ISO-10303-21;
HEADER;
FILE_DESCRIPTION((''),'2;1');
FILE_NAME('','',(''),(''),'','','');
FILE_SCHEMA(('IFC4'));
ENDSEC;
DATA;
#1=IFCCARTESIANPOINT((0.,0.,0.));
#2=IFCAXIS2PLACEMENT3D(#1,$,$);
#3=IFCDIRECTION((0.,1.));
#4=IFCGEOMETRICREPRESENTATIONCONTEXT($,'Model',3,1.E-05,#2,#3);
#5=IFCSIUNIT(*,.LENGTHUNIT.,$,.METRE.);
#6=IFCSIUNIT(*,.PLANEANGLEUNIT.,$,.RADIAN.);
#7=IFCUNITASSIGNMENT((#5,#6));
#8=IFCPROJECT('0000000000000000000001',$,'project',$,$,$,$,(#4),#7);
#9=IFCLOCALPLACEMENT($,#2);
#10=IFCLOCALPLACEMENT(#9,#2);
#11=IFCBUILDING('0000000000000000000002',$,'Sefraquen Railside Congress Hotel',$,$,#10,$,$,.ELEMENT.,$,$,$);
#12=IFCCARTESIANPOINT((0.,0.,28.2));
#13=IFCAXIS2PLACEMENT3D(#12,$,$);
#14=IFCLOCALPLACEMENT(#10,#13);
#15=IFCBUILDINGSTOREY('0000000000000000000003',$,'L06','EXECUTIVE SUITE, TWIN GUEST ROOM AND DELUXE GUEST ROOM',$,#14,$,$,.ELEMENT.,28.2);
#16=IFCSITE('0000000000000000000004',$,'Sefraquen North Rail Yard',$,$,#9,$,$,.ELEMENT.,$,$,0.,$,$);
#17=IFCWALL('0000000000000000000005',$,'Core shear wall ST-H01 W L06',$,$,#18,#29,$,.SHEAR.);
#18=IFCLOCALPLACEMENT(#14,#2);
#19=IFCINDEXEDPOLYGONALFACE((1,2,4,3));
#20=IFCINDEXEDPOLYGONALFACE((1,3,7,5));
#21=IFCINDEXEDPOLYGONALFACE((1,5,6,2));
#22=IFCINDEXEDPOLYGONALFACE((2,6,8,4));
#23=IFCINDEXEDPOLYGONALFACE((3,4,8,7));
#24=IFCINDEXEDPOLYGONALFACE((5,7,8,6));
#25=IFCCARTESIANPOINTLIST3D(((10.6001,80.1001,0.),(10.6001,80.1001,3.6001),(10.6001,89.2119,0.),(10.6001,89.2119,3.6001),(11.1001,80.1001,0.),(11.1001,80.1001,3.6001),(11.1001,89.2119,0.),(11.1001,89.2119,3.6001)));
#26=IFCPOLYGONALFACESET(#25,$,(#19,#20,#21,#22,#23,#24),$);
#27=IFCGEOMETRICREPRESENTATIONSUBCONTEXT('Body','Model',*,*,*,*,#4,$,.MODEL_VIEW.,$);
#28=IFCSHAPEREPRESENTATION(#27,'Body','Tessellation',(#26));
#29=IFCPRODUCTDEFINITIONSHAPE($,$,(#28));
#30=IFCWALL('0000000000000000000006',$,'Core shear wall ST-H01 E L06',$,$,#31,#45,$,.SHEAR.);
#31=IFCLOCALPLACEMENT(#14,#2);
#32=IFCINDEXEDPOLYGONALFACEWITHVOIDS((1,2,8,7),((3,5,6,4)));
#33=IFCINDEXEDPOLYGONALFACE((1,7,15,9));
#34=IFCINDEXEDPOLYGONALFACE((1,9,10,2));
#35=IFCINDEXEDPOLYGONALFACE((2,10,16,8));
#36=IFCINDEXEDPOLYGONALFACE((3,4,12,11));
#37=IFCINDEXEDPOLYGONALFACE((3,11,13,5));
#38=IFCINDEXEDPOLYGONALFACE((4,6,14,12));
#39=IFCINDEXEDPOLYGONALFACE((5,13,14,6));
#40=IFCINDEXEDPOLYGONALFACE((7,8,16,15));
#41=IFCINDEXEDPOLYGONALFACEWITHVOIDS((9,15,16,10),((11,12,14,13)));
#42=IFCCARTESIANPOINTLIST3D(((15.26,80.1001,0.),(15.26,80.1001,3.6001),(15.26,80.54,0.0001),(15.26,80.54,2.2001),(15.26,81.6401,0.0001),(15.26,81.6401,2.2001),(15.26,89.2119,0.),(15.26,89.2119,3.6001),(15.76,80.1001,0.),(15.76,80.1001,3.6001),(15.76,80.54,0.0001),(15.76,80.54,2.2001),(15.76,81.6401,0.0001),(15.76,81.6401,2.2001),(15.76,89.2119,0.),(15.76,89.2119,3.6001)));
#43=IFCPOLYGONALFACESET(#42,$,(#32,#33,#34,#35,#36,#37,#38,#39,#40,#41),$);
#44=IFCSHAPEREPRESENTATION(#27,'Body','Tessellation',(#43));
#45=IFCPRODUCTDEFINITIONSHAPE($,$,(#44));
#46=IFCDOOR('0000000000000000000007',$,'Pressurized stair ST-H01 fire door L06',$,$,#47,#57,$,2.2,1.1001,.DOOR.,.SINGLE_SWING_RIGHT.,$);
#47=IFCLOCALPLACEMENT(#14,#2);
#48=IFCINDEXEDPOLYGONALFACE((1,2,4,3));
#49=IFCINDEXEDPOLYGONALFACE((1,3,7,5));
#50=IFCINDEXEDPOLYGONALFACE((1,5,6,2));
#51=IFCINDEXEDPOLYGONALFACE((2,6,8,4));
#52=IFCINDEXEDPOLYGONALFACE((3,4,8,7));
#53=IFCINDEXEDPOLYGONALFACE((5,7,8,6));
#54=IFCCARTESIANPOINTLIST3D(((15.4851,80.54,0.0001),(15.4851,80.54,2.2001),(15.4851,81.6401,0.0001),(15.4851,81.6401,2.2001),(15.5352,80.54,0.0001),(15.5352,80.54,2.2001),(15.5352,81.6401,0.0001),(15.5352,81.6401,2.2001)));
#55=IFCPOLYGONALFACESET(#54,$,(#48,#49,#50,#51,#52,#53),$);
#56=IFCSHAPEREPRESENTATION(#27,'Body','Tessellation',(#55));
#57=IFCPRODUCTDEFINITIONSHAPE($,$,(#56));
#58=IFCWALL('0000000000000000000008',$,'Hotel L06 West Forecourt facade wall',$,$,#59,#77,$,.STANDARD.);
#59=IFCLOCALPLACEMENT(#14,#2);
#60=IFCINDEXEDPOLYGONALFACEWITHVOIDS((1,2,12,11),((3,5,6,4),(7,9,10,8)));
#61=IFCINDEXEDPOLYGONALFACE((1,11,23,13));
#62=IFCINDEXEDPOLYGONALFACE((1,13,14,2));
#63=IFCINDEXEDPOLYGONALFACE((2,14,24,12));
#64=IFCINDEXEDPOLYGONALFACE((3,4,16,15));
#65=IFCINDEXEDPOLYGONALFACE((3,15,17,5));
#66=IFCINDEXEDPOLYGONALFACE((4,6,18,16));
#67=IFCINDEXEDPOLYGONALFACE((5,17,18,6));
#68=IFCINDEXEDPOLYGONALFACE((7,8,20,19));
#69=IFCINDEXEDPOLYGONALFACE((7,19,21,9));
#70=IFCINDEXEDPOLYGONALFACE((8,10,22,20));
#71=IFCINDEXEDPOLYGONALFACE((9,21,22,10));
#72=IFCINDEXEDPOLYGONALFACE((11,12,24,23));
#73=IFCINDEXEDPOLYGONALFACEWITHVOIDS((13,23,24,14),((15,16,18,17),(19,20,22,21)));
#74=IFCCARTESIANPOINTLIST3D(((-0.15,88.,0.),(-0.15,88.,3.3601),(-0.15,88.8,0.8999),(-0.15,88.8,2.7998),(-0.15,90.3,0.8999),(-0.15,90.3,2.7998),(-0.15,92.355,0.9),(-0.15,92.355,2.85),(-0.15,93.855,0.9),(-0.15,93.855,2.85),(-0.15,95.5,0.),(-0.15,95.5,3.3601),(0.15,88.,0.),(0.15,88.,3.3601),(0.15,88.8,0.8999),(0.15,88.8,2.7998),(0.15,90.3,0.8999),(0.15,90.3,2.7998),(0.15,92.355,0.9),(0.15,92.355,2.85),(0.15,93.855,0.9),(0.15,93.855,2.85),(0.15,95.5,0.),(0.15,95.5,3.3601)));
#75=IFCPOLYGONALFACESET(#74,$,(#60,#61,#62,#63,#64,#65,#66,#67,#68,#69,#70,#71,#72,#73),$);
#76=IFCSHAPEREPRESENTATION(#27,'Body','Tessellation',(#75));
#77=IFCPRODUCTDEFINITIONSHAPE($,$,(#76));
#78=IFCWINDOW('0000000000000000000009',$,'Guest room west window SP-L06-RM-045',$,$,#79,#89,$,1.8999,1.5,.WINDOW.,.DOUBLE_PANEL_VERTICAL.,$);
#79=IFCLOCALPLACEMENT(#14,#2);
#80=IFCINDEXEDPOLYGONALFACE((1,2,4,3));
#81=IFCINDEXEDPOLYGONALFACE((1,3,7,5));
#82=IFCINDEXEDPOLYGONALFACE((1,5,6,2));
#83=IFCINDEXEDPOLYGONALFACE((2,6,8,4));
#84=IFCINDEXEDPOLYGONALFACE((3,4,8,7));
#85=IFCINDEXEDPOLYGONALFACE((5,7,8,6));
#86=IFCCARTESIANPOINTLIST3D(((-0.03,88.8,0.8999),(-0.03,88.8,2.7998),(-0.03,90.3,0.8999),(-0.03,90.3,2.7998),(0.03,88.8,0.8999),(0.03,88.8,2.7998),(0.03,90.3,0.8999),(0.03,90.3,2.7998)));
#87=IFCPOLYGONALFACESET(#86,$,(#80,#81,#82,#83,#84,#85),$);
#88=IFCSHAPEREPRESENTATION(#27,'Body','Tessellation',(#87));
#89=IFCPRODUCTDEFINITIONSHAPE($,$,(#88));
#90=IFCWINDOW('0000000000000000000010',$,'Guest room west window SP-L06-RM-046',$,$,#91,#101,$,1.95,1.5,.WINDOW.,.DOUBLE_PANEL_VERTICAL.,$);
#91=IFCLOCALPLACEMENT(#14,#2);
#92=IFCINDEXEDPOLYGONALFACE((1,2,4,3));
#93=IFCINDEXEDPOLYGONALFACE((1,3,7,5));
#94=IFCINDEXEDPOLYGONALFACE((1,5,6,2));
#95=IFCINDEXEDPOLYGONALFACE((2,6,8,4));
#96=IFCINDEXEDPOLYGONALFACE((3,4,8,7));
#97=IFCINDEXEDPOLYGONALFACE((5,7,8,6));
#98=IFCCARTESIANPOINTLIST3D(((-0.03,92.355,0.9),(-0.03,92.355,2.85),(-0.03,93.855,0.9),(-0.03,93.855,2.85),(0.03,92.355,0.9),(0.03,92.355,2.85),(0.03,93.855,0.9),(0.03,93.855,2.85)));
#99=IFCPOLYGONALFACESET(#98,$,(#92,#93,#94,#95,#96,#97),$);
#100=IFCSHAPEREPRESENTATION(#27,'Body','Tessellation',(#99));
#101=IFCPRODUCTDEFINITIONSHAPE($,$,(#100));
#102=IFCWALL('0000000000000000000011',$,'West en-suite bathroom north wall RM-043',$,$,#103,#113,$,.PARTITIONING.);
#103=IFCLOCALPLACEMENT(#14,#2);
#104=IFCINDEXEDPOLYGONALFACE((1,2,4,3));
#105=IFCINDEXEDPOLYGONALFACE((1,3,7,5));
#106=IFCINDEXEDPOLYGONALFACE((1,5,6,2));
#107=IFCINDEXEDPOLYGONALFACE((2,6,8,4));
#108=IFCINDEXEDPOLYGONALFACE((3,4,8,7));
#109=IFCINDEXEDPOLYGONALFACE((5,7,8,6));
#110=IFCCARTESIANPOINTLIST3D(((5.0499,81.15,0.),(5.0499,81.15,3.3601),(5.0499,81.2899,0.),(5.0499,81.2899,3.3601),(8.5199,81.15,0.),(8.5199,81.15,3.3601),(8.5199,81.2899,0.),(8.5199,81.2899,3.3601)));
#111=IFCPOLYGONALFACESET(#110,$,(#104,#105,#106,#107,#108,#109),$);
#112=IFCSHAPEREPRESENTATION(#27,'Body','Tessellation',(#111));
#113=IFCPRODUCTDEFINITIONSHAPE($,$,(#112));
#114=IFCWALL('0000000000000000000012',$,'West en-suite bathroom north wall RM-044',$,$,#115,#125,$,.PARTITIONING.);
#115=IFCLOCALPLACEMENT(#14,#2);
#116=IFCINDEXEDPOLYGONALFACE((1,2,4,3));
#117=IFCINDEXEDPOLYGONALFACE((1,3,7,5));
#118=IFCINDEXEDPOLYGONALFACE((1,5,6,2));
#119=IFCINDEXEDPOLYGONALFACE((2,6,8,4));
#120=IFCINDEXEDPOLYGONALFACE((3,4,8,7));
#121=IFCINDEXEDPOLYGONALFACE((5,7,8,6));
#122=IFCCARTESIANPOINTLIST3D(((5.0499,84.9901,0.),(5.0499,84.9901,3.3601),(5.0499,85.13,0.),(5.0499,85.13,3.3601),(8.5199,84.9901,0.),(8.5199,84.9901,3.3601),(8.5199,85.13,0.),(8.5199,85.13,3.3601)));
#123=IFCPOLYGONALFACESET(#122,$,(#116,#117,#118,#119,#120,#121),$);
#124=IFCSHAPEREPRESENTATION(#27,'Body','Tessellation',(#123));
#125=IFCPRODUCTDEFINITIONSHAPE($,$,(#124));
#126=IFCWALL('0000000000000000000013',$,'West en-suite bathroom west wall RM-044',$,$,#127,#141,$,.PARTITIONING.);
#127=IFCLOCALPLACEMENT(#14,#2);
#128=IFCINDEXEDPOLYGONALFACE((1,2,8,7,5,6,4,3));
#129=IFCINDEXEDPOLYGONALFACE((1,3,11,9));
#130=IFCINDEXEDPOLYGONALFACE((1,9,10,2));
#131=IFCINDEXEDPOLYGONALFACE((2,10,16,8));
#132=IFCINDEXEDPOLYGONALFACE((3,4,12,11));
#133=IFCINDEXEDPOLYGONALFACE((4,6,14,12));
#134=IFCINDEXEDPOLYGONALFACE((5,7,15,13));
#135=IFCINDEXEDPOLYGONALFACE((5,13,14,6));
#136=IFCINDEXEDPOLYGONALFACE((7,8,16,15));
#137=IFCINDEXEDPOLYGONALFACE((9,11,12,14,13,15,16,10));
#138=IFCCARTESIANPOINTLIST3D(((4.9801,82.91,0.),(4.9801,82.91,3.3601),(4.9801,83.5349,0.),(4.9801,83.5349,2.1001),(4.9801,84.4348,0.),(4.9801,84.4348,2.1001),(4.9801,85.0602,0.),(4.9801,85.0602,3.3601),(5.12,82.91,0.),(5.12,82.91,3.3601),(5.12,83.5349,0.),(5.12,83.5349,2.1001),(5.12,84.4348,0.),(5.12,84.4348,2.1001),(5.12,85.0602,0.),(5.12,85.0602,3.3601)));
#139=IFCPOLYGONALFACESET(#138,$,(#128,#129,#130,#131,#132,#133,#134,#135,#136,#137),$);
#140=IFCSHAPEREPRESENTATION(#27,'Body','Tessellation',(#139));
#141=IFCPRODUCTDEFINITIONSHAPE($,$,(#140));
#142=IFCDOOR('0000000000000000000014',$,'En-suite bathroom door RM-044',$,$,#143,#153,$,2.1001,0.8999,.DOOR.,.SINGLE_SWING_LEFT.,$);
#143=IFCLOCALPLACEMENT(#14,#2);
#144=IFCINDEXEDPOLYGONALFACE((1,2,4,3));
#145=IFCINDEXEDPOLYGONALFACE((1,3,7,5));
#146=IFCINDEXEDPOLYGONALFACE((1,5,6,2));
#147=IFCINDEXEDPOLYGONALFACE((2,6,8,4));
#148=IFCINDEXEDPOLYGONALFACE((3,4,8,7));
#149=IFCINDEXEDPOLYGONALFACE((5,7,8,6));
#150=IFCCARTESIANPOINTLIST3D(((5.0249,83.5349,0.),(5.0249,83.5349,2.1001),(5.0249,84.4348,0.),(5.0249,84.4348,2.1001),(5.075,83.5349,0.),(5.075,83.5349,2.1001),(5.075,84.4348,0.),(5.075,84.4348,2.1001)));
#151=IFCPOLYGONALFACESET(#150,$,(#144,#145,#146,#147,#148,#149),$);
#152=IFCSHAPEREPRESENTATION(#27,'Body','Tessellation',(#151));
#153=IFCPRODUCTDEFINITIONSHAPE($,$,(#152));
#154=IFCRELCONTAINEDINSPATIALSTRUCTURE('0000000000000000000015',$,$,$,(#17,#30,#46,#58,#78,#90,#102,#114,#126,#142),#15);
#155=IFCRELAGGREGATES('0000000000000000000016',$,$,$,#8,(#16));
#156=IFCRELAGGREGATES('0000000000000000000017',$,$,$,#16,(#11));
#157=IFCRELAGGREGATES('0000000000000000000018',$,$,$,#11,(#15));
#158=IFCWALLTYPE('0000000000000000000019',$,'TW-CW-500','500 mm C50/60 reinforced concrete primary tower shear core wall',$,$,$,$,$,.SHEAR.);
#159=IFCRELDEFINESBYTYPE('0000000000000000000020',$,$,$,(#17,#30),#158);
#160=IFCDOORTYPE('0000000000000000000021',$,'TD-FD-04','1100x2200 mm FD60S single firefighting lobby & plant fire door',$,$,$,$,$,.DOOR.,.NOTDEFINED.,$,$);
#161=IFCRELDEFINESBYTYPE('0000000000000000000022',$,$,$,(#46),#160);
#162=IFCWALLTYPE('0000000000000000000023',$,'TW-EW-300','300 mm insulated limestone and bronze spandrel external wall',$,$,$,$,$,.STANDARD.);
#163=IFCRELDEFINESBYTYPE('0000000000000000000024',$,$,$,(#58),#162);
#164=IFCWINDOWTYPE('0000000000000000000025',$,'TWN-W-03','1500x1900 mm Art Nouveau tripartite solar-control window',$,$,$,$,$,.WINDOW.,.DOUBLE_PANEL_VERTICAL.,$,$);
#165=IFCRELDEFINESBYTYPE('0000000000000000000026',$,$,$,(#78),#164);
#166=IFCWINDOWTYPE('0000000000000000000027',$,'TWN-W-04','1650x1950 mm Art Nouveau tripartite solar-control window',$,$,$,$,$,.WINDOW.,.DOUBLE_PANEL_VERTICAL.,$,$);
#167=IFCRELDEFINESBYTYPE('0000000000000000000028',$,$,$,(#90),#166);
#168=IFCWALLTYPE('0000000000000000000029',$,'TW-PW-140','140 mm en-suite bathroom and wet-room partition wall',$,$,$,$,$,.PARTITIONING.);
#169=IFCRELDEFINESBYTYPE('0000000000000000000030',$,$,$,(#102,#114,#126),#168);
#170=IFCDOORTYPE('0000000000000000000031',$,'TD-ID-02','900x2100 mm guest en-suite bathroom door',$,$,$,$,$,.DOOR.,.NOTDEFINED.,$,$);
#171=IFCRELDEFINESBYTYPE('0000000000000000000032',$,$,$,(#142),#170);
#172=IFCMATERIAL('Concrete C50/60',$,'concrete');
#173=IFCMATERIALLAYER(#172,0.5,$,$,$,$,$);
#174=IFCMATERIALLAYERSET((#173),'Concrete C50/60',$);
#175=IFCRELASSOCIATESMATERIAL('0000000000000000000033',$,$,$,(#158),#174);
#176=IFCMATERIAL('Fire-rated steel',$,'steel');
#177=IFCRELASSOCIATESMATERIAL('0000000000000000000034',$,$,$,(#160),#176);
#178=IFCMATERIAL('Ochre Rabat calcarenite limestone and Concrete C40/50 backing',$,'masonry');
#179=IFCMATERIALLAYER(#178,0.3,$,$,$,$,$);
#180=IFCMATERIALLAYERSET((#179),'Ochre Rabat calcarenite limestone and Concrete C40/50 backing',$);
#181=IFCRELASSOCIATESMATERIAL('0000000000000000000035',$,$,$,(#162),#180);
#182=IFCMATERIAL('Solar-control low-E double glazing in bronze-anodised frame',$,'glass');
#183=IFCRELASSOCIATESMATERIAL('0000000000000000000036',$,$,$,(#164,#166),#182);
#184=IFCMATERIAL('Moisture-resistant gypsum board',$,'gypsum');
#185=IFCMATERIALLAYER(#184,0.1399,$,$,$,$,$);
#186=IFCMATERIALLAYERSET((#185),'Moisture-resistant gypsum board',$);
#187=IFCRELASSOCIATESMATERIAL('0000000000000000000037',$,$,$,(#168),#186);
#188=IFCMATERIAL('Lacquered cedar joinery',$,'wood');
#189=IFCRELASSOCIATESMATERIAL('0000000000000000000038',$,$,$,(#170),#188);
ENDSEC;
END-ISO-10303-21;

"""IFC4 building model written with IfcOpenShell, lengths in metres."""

from ifc_helpers import new_model, si_unit, direction, frame, frame_2d, origin, place, context, subcontext, project, spatial, rectangle, extrude, material, layer, layer_set, type_object, element, fill, save


model = new_model("IFC4")

# Units and contexts
model_context = context("Model", 3, precision=1e-05, world=origin(), true_north=direction((0.0, 1.0)))
body_context = subcontext(model_context, "Body", "Model", "MODEL_VIEW")
ifc_project = project(units=[si_unit("LENGTHUNIT", "METRE"), si_unit("PLANEANGLEUNIT", "RADIAN")], contexts=[model_context])

# Site, building, storey
site_placement = place(None, origin())
site = spatial("IfcSite", under=ifc_project, at=site_placement, Name="Sefraquen North Rail Yard", CompositionType="ELEMENT", RefElevation=0.0)
building_placement = place(site_placement, origin())
building = spatial("IfcBuilding", under=site, at=building_placement, Name="Sefraquen Railside Congress Hotel", CompositionType="ELEMENT")
storey_placement = place(building_placement, frame((0.0, 0.0, 28.2)))
storey = spatial("IfcBuildingStorey", under=building, at=storey_placement, Name="L06", Description="EXECUTIVE SUITE, TWIN GUEST ROOM AND DELUXE GUEST ROOM", CompositionType="ELEMENT", Elevation=28.2)

# Shared definitions
ifc_material_1 = material(Name="Concrete C50/60", Category="concrete")

# Wall
ifc_layer_1 = layer(ifc_material_1, 0.5)
ifc_layer_set_1 = layer_set([ifc_layer_1], Name="Concrete C50/60")
wall_type_1 = type_object("IfcWallType", Name="TW-CW-500", Description="500 mm C50/60 reinforced concrete primary tower shear core wall", PredefinedType="SHEAR", material=ifc_layer_set_1)
wall_1_placement = place(storey_placement, frame((10.8501, 80.1001, 0.0), z_axis=(0.0, 0.0, 1.0), x_axis=(0.0, 1.0, 0.0)))
element("IfcWall", 1, at=wall_1_placement, inside=storey, type_object=wall_type_1, Name="Core shear wall ST-H01 W L06", PredefinedType="SHEAR", context=body_context, shape_type="SweptSolid", body=[
    extrude(rectangle(XDim=9.1118, YDim=0.5, at=frame_2d((4.5559, 0.0))), origin(), (0.0, 0.0, 1.0), 3.6001),
])

# Wall, opening, door
wall_2_placement = place(storey_placement, frame((15.51, 80.1001, 0.0), z_axis=(0.0, 0.0, 1.0), x_axis=(0.0, 1.0, 0.0)))
wall_2 = element("IfcWall", 2, at=wall_2_placement, inside=storey, type_object=wall_type_1, Name="Core shear wall ST-H01 E L06", PredefinedType="SHEAR", context=body_context, shape_type="SweptSolid", body=[
    extrude(rectangle(XDim=9.1118, YDim=0.5, at=frame_2d((4.5559, 0.0))), origin(), (0.0, 0.0, 1.0), 3.6001),
])
opening_1_placement = place(wall_2_placement, frame((0.4399, 0.0, 0.0)))
opening_1 = element("IfcOpeningElement", 3, at=opening_1_placement, cuts=wall_2, PredefinedType="OPENING", context=body_context, shape_type="SweptSolid", body=[
    extrude(rectangle(XDim=1.1001, YDim=2.2, at=frame_2d((0.55, 1.1001))), frame((0.0, 0.26, 0.0), z_axis=(0.0, -1.0, 0.0), x_axis=(1.0, 0.0, 0.0)), (0.0, 0.0, 1.0), 0.52),
])
ifc_material_2 = material(Name="Fire-rated steel", Category="steel")
door_type_1 = type_object("IfcDoorType", Name="TD-FD-04", Description="1100x2200 mm FD60S single firefighting lobby & plant fire door", OperationType="NOTDEFINED", PredefinedType="DOOR", material=ifc_material_2)
door_1_placement = place(opening_1_placement, origin())
door_1 = element("IfcDoor", 4, at=door_1_placement, inside=storey, type_object=door_type_1, Name="Pressurized stair ST-H01 fire door L06", OperationType="SINGLE_SWING_RIGHT", OverallHeight=2.2, OverallWidth=1.1001, PredefinedType="DOOR", context=body_context, shape_type="SweptSolid", body=[
    extrude(rectangle(XDim=1.1001, YDim=2.2, at=frame_2d((0.55, 1.1001))), frame((0.0, 0.0249, 0.0), z_axis=(0.0, -1.0, 0.0), x_axis=(1.0, 0.0, 0.0)), (0.0, 0.0, 1.0), 0.05),
])
fill(opening_1, door_1)

# Wall, openings, windows
ifc_material_3 = material(Name="Ochre Rabat calcarenite limestone and Concrete C40/50 backing", Category="masonry")
ifc_layer_2 = layer(ifc_material_3, 0.3)
ifc_layer_set_2 = layer_set([ifc_layer_2], Name="Ochre Rabat calcarenite limestone and Concrete C40/50 backing")
wall_type_2 = type_object("IfcWallType", Name="TW-EW-300", Description="300 mm insulated limestone and bronze spandrel external wall", PredefinedType="STANDARD", material=ifc_layer_set_2)
wall_3_placement = place(storey_placement, frame((0.0, 88.0, 0.0), z_axis=(0.0, 0.0, 1.0), x_axis=(0.0, 1.0, 0.0)))
wall_3 = element("IfcWall", 5, at=wall_3_placement, inside=storey, type_object=wall_type_2, Name="Hotel L06 West Forecourt facade wall", PredefinedType="STANDARD", context=body_context, shape_type="SweptSolid", body=[
    extrude(rectangle(XDim=7.5, YDim=0.3, at=frame_2d((3.75, 0.0))), origin(), (0.0, 0.0, 1.0), 3.3601),
])
opening_2_placement = place(wall_3_placement, frame((0.8, 0.0, 0.8999)))
opening_2 = element("IfcOpeningElement", 6, at=opening_2_placement, cuts=wall_3, PredefinedType="OPENING", context=body_context, shape_type="SweptSolid", body=[
    extrude(rectangle(XDim=1.5, YDim=1.8999, at=frame_2d((0.75, 0.95))), frame((0.0, 0.1599, 0.0), z_axis=(0.0, -1.0, 0.0), x_axis=(1.0, 0.0, 0.0)), (0.0, 0.0, 1.0), 0.3201),
])
opening_3_placement = place(wall_3_placement, frame((4.355, 0.0, 0.8999)))
opening_3 = element("IfcOpeningElement", 7, at=opening_3_placement, cuts=wall_3, PredefinedType="OPENING", context=body_context, shape_type="SweptSolid", body=[
    extrude(rectangle(XDim=1.5, YDim=1.95, at=frame_2d((0.75, 0.9751))), frame((0.0, 0.1599, 0.0), z_axis=(0.0, -1.0, 0.0), x_axis=(1.0, 0.0, 0.0)), (0.0, 0.0, 1.0), 0.3201),
])
ifc_material_4 = material(Name="Solar-control low-E double glazing in bronze-anodised frame", Category="glass")
window_type_1 = type_object("IfcWindowType", Name="TWN-W-03", Description="1500x1900 mm Art Nouveau tripartite solar-control window", PartitioningType="DOUBLE_PANEL_VERTICAL", PredefinedType="WINDOW", material=ifc_material_4)
window_1_placement = place(opening_2_placement, origin())
window_1 = element("IfcWindow", 8, at=window_1_placement, inside=storey, type_object=window_type_1, Name="Guest room west window SP-L06-RM-045", OverallHeight=1.8999, OverallWidth=1.5, PartitioningType="DOUBLE_PANEL_VERTICAL", PredefinedType="WINDOW", context=body_context, shape_type="SweptSolid", body=[
    extrude(rectangle(XDim=1.5, YDim=1.8999, at=frame_2d((0.75, 0.95))), frame((0.0, 0.03, 0.0), z_axis=(0.0, -1.0, 0.0), x_axis=(1.0, 0.0, 0.0)), (0.0, 0.0, 1.0), 0.0601),
])
fill(opening_2, window_1)
window_type_2 = type_object("IfcWindowType", Name="TWN-W-04", Description="1650x1950 mm Art Nouveau tripartite solar-control window", PartitioningType="DOUBLE_PANEL_VERTICAL", PredefinedType="WINDOW", material=ifc_material_4)
window_2_placement = place(opening_3_placement, origin())
window_2 = element("IfcWindow", 9, at=window_2_placement, inside=storey, type_object=window_type_2, Name="Guest room west window SP-L06-RM-046", OverallHeight=1.95, OverallWidth=1.5, PartitioningType="DOUBLE_PANEL_VERTICAL", PredefinedType="WINDOW", context=body_context, shape_type="SweptSolid", body=[
    extrude(rectangle(XDim=1.5, YDim=1.95, at=frame_2d((0.75, 0.9751))), frame((0.0, 0.03, 0.0), z_axis=(0.0, -1.0, 0.0), x_axis=(1.0, 0.0, 0.0)), (0.0, 0.0, 1.0), 0.0601),
])
fill(opening_3, window_2)

# Walls
ifc_material_5 = material(Name="Moisture-resistant gypsum board", Category="gypsum")
ifc_layer_3 = layer(ifc_material_5, 0.1399)
ifc_layer_set_3 = layer_set([ifc_layer_3], Name="Moisture-resistant gypsum board")
wall_type_3 = type_object("IfcWallType", Name="TW-PW-140", Description="140 mm en-suite bathroom and wet-room partition wall", PredefinedType="PARTITIONING", material=ifc_layer_set_3)
for number, where, z_axis, x_axis, name in (
    (10, (5.05, 81.22, 0.0), (0.0, 0.0, 1.0), (1.0, 0.0, 0.0), "West en-suite bathroom north wall RM-043"),
    (11, (5.05, 85.0601, 0.0), (0.0, 0.0, 1.0), (1.0, 0.0, 0.0), "West en-suite bathroom north wall RM-044"),
):
    element("IfcWall", number, at=place(storey_placement, frame(where, z_axis=z_axis, x_axis=x_axis)), inside=storey, type_object=wall_type_3, Name=name, PredefinedType="PARTITIONING", context=body_context, shape_type="SweptSolid", body=[
        extrude(rectangle(XDim=3.47, YDim=0.1399, at=frame_2d((1.7349, 0.0))), origin(), (0.0, 0.0, 1.0), 3.3601),
    ])

# Wall, opening, door
wall_4_placement = place(storey_placement, frame((5.05, 82.9099, 0.0), z_axis=(0.0, 0.0, 1.0), x_axis=(0.0, 1.0, 0.0)))
wall_4 = element("IfcWall", 12, at=wall_4_placement, inside=storey, type_object=wall_type_3, Name="West en-suite bathroom west wall RM-044", PredefinedType="PARTITIONING", context=body_context, shape_type="SweptSolid", body=[
    extrude(rectangle(XDim=2.1501, YDim=0.1399, at=frame_2d((1.0752, 0.0))), origin(), (0.0, 0.0, 1.0), 3.3601),
])
opening_4_placement = place(wall_4_placement, frame((0.625, 0.0, 0.0)))
opening_4 = element("IfcOpeningElement", 13, at=opening_4_placement, cuts=wall_4, PredefinedType="OPENING", context=body_context, shape_type="SweptSolid", body=[
    extrude(rectangle(XDim=0.8999, YDim=2.1001, at=frame_2d((0.45, 1.05))), frame((0.0, 0.0798, 0.0), z_axis=(0.0, -1.0, 0.0), x_axis=(1.0, 0.0, 0.0)), (0.0, 0.0, 1.0), 0.1599),
])
ifc_material_6 = material(Name="Lacquered cedar joinery", Category="wood")
door_type_2 = type_object("IfcDoorType", Name="TD-ID-02", Description="900x2100 mm guest en-suite bathroom door", OperationType="NOTDEFINED", PredefinedType="DOOR", material=ifc_material_6)
door_2_placement = place(opening_4_placement, frame((0.8999, 0.0, 0.0), z_axis=(0.0, 0.0, 1.0), x_axis=(-1.0, 0.0, 0.0)))
door_2 = element("IfcDoor", 14, at=door_2_placement, inside=storey, type_object=door_type_2, Name="En-suite bathroom door RM-044", OperationType="SINGLE_SWING_LEFT", OverallHeight=2.1001, OverallWidth=0.8999, PredefinedType="DOOR", context=body_context, shape_type="SweptSolid", body=[
    extrude(rectangle(XDim=0.8999, YDim=2.1001, at=frame_2d((0.45, 1.05))), frame((0.0, 0.0249, 0.0), z_axis=(0.0, -1.0, 0.0), x_axis=(1.0, 0.0, 0.0)), (0.0, 0.0, 1.0), 0.05),
])
fill(opening_4, door_2)

save(model, "model.ifc")
